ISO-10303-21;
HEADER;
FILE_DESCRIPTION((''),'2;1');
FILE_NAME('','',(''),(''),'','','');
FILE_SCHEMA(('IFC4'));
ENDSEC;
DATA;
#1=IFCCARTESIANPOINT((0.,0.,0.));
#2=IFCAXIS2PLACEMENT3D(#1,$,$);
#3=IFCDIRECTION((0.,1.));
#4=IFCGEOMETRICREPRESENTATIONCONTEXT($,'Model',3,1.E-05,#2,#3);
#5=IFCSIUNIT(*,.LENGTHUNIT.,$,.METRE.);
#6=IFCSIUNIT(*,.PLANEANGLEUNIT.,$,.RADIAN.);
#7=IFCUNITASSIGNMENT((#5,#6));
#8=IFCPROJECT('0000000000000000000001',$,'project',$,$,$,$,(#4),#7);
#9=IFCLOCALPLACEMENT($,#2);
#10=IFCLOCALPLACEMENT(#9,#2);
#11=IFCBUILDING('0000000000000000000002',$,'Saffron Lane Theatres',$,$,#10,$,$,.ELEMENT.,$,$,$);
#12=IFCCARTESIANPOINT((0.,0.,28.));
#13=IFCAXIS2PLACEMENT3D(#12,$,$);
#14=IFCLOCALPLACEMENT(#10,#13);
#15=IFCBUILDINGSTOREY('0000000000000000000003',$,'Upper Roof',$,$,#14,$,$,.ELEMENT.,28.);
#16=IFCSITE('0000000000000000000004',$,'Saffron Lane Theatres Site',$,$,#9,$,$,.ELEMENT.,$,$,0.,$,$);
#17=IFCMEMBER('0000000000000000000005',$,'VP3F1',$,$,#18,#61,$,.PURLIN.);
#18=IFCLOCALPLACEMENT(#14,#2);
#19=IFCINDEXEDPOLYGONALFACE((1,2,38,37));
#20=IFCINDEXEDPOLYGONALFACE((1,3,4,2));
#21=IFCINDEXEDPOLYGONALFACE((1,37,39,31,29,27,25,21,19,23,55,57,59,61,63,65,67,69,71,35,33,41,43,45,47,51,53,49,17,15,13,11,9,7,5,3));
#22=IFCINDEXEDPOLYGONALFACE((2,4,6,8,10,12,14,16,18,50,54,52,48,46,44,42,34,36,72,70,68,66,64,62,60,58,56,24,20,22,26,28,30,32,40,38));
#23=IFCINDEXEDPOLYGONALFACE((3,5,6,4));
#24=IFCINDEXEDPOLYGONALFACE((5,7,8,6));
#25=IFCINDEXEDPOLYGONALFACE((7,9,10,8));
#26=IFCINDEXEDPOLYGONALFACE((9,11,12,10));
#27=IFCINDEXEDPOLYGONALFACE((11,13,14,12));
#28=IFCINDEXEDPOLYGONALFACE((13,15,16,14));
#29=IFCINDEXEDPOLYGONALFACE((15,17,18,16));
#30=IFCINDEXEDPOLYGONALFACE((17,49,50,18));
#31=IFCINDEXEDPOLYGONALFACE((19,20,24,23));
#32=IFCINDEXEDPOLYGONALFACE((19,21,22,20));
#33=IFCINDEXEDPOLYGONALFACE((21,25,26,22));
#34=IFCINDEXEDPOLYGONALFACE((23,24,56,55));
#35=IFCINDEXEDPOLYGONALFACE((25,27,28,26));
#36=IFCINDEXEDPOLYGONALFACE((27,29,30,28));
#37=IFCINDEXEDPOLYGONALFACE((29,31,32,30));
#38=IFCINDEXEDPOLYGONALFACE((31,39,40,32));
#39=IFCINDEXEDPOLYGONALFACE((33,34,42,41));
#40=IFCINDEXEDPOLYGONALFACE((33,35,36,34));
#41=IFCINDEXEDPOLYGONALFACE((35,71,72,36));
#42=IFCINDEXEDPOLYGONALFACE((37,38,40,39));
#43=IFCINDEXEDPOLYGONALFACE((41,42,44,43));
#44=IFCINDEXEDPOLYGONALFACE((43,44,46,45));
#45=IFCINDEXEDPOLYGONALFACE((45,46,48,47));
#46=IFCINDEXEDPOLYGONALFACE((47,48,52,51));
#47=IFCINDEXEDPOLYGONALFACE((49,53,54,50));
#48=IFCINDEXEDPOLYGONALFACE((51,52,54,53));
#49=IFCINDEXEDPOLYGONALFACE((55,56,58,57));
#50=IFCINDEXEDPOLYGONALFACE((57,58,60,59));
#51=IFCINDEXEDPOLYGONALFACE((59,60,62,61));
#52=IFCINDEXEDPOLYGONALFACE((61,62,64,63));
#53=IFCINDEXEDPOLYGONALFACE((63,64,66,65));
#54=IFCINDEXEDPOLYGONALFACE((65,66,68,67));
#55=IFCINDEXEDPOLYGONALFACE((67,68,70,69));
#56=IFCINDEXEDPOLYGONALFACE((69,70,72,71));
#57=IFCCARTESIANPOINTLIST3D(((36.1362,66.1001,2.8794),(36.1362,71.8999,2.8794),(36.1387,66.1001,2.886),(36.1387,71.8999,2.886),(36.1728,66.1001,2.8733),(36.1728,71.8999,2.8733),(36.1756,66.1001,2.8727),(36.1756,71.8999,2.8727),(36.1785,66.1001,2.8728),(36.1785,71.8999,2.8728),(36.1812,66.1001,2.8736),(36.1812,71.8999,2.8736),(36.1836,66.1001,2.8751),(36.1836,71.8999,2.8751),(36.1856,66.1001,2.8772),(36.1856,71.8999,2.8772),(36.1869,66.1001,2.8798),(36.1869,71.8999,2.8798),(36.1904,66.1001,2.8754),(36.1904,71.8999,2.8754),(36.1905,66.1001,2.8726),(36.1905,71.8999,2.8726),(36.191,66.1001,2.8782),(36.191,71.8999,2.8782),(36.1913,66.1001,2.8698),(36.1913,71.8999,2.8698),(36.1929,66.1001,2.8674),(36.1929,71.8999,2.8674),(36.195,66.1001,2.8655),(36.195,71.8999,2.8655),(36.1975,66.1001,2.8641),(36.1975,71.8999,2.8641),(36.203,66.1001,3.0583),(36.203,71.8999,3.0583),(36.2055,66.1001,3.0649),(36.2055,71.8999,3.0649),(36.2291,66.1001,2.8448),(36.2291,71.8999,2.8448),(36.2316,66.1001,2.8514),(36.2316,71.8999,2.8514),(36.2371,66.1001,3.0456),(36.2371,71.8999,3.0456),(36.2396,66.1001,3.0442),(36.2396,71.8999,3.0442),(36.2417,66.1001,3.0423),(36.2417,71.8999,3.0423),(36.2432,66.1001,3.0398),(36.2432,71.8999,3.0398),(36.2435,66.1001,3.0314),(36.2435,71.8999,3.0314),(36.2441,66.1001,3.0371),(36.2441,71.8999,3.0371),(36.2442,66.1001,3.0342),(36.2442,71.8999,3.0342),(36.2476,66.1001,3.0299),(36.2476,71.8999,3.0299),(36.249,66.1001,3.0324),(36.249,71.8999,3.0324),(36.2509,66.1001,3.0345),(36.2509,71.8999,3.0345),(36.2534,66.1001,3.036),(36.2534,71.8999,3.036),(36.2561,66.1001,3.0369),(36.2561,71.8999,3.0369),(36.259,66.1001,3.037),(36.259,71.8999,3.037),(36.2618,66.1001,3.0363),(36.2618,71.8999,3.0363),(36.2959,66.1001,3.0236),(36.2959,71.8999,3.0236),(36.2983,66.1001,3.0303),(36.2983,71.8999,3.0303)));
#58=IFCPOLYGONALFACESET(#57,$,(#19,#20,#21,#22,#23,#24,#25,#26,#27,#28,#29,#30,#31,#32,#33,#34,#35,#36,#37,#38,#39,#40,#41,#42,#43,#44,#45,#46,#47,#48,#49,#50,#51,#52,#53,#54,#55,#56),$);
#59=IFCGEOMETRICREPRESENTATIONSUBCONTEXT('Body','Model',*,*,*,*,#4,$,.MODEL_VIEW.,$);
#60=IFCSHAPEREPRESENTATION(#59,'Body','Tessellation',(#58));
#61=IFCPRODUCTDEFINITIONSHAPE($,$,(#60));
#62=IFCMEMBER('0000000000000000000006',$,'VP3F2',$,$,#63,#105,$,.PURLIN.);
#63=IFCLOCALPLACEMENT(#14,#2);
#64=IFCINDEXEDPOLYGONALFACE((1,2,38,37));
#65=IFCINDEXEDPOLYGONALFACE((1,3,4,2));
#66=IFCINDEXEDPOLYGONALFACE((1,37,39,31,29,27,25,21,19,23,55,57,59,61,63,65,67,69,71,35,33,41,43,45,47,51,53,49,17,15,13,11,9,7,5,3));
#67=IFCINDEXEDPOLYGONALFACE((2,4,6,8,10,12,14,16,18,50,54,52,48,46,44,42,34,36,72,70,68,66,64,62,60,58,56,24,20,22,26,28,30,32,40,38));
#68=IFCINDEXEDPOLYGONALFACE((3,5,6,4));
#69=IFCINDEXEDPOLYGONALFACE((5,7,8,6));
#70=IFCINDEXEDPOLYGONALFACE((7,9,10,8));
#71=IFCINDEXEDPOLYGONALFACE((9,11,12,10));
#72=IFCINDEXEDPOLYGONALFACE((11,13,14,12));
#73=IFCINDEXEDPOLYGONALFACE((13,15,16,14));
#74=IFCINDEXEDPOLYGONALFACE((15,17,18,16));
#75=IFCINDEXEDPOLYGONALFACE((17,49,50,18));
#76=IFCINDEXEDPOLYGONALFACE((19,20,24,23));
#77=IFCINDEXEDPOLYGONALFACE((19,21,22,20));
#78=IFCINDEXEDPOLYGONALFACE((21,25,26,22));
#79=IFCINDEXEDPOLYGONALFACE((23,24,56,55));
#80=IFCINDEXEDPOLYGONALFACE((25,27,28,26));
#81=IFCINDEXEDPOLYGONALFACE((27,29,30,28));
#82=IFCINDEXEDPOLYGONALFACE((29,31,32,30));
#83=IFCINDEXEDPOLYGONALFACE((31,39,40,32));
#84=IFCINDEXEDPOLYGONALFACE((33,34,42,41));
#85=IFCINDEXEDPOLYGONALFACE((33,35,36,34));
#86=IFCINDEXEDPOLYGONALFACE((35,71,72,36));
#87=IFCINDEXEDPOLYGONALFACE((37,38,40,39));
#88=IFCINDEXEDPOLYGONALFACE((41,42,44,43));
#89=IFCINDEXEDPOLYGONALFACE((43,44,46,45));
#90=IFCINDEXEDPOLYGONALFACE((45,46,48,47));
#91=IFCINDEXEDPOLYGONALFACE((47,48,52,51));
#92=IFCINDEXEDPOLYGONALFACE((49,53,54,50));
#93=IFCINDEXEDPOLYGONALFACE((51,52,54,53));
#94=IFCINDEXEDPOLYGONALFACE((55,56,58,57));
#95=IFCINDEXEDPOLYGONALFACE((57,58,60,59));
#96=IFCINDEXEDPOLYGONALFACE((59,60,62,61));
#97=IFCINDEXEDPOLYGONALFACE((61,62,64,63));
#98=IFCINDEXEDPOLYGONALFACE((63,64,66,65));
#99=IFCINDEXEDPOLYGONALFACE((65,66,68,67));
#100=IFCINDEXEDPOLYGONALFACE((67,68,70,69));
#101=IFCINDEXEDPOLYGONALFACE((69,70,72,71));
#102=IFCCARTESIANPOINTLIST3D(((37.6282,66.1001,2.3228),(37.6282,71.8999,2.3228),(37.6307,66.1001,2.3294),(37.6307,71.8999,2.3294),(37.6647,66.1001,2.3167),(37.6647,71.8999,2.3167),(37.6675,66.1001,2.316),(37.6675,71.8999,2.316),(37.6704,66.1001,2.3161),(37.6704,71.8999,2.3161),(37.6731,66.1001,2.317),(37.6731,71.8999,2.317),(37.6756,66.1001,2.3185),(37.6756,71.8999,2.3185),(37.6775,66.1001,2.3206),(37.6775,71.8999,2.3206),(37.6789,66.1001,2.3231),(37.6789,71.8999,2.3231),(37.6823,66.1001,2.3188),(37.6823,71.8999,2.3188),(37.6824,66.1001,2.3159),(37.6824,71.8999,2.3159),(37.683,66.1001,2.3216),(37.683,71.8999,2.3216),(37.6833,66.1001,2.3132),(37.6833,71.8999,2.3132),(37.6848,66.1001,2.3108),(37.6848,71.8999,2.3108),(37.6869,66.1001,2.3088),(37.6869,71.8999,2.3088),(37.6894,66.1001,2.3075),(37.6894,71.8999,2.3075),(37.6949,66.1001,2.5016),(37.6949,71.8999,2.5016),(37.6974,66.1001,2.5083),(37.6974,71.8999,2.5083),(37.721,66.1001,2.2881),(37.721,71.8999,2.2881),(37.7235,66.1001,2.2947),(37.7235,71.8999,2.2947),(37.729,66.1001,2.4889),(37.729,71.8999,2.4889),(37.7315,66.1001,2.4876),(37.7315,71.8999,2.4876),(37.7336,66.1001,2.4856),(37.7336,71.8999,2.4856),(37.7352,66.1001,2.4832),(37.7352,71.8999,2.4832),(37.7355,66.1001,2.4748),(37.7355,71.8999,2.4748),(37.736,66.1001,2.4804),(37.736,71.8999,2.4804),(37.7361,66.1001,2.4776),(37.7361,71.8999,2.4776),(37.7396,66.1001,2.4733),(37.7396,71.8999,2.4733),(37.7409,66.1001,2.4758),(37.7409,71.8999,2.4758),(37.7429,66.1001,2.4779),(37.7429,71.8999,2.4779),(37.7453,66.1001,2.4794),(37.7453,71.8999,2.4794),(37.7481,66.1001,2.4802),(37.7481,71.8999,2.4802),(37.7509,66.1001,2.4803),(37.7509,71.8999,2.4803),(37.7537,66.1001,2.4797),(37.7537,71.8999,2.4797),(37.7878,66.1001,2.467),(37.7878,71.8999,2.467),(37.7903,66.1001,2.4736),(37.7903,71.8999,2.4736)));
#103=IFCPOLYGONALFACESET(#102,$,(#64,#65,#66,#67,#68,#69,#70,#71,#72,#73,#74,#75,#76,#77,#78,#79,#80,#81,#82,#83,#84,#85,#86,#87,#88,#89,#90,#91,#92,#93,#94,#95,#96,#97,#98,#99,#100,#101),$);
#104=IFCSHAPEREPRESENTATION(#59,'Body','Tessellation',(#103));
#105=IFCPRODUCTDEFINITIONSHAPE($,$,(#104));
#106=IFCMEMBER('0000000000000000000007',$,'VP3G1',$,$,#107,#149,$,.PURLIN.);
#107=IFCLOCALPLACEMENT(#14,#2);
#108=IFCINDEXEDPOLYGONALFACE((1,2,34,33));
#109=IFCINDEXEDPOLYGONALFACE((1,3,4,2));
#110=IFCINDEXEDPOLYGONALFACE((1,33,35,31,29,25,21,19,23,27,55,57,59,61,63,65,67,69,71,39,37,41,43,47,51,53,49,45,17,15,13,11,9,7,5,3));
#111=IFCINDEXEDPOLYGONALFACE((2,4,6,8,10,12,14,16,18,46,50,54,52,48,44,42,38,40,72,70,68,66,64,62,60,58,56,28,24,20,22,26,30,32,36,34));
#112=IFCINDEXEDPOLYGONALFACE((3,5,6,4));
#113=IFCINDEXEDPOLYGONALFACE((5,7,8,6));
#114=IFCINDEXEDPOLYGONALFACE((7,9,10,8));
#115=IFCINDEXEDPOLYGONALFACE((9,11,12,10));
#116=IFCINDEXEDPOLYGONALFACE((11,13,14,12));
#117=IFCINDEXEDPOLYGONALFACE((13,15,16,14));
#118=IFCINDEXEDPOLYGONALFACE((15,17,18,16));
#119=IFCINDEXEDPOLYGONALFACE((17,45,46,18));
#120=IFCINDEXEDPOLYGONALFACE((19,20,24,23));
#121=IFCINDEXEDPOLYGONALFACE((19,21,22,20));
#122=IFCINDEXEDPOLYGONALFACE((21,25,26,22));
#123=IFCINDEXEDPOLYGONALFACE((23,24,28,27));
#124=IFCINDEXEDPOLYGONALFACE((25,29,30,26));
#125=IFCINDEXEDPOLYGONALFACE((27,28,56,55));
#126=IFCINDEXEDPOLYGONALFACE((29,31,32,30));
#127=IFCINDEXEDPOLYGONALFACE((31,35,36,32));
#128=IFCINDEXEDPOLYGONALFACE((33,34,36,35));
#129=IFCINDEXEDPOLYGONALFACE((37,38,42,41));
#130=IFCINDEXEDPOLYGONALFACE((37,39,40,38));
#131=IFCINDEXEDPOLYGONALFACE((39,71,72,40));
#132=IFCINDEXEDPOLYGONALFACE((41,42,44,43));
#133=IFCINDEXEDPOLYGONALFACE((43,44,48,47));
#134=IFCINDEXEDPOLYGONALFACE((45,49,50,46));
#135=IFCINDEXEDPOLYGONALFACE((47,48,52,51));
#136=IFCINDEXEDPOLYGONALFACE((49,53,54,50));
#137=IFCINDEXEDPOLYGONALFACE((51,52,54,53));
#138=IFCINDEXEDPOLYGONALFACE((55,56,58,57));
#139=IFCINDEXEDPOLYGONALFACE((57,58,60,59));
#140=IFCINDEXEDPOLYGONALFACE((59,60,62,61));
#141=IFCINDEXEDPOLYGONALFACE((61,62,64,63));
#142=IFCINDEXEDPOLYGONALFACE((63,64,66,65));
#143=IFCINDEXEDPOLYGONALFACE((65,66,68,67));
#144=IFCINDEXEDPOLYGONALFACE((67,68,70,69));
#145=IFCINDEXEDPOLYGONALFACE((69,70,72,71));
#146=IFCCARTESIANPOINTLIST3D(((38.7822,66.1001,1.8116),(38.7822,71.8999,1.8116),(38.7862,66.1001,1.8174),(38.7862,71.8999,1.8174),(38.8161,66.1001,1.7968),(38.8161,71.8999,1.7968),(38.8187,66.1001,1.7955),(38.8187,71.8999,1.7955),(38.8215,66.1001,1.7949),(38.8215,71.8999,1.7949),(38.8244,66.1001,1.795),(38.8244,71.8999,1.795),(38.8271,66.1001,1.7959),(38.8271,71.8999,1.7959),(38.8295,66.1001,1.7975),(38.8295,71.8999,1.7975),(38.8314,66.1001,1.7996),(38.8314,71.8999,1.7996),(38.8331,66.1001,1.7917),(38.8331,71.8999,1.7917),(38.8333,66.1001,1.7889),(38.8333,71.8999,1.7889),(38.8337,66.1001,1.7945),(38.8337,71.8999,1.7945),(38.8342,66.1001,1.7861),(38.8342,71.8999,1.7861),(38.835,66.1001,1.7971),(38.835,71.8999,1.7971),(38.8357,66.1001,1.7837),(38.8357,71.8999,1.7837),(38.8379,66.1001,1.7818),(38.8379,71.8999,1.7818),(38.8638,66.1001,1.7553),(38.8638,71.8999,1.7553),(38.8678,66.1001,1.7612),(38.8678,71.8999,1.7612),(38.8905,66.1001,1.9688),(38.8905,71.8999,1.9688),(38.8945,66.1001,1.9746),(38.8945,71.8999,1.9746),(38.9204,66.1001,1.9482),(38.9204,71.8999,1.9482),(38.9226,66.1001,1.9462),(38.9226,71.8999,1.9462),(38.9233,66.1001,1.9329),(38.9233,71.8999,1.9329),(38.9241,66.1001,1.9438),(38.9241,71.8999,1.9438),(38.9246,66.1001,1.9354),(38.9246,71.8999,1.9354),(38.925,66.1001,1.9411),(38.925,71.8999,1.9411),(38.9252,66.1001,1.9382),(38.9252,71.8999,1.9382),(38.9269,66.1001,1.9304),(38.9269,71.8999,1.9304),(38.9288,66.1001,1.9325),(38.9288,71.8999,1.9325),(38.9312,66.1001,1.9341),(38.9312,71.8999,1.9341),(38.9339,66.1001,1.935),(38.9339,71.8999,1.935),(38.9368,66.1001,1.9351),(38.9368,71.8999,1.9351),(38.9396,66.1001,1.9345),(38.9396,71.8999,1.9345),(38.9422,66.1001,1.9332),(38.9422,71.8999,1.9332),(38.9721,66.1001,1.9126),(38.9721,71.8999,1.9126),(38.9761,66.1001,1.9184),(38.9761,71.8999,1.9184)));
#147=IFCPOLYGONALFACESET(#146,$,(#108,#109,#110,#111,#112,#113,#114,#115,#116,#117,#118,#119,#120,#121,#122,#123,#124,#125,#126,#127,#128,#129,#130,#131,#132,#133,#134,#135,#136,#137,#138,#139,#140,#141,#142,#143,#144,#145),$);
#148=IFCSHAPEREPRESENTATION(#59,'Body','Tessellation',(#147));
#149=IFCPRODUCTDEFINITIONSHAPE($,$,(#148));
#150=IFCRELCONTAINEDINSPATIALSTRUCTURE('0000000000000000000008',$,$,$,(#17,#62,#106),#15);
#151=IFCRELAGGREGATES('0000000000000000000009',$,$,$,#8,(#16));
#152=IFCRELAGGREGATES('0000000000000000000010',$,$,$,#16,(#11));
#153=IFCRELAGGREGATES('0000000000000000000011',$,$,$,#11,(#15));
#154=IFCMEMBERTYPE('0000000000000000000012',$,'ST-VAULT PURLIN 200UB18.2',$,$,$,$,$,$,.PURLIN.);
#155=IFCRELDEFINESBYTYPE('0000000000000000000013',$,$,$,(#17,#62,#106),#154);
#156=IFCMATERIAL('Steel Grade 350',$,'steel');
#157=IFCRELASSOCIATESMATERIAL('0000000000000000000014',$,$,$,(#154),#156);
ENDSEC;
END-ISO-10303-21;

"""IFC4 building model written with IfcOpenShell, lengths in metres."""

from ifc_helpers import new_model, si_unit, direction, frame, origin, origin_2d, place, context, subcontext, project, spatial, i_section, extrude, material, material_profile, profile_set, type_object, element, save


model = new_model("IFC4")

# Units and contexts
model_context = context("Model", 3, precision=1e-05, world=origin(), true_north=direction((0.0, 1.0)))
body_context = subcontext(model_context, "Body", "Model", "MODEL_VIEW")
ifc_project = project(units=[si_unit("LENGTHUNIT", "METRE"), si_unit("PLANEANGLEUNIT", "RADIAN")], contexts=[model_context])

# Site, building, storey
site_placement = place(None, origin())
site = spatial("IfcSite", under=ifc_project, at=site_placement, Name="Saffron Lane Theatres Site", CompositionType="ELEMENT", RefElevation=0.0)
building_placement = place(site_placement, origin())
building = spatial("IfcBuilding", under=site, at=building_placement, Name="Saffron Lane Theatres", CompositionType="ELEMENT")
storey_placement = place(building_placement, frame((0.0, 0.0, 28.0)))
storey = spatial("IfcBuildingStorey", under=building, at=storey_placement, Name="Upper Roof", CompositionType="ELEMENT", Elevation=28.0)

# Members
ifc_material_1 = material(Name="Steel Grade 350", Category="steel")
ifc_material_profile_1 = material_profile(ifc_material_1, i_section(OverallWidth=0.0991, OverallDepth=0.198, WebThickness=0.0044, FlangeThickness=0.0071, FilletRadius=0.011, at=origin_2d()))
ifc_profile_set_1 = profile_set([ifc_material_profile_1], Name="Steel Grade 350")
member_type_1 = type_object("IfcMemberType", Name="ST-VAULT PURLIN 200UB18.2", PredefinedType="PURLIN", material=ifc_profile_set_1)
for number, where, z_axis, x_axis, name in (
    (1, (36.2173, 66.1001, 2.9548), (0.0, 1.0, 0.0), (0.93689, 0.0, -0.349624), "VP3F1"),
    (2, (37.7092, 66.1001, 2.3982), (0.0, 1.0, 0.0), (0.93689, 0.0, -0.349624), "VP3F2"),
    (3, (38.8792, 66.1001, 1.865), (0.0, 1.0, 0.0), (0.823487, 0.0, -0.567335), "VP3G1"),
):
    element("IfcMember", number, at=place(storey_placement, frame(where, z_axis=z_axis, x_axis=x_axis)), inside=storey, type_object=member_type_1, Name=name, PredefinedType="PURLIN", context=body_context, shape_type="SweptSolid", body=[
        extrude(i_section(OverallWidth=0.0991, OverallDepth=0.198, WebThickness=0.0044, FlangeThickness=0.0071, FilletRadius=0.011, at=origin_2d()), origin(), (0.0, 0.0, 1.0), 5.7998),
    ])

save(model, "model.ifc")
